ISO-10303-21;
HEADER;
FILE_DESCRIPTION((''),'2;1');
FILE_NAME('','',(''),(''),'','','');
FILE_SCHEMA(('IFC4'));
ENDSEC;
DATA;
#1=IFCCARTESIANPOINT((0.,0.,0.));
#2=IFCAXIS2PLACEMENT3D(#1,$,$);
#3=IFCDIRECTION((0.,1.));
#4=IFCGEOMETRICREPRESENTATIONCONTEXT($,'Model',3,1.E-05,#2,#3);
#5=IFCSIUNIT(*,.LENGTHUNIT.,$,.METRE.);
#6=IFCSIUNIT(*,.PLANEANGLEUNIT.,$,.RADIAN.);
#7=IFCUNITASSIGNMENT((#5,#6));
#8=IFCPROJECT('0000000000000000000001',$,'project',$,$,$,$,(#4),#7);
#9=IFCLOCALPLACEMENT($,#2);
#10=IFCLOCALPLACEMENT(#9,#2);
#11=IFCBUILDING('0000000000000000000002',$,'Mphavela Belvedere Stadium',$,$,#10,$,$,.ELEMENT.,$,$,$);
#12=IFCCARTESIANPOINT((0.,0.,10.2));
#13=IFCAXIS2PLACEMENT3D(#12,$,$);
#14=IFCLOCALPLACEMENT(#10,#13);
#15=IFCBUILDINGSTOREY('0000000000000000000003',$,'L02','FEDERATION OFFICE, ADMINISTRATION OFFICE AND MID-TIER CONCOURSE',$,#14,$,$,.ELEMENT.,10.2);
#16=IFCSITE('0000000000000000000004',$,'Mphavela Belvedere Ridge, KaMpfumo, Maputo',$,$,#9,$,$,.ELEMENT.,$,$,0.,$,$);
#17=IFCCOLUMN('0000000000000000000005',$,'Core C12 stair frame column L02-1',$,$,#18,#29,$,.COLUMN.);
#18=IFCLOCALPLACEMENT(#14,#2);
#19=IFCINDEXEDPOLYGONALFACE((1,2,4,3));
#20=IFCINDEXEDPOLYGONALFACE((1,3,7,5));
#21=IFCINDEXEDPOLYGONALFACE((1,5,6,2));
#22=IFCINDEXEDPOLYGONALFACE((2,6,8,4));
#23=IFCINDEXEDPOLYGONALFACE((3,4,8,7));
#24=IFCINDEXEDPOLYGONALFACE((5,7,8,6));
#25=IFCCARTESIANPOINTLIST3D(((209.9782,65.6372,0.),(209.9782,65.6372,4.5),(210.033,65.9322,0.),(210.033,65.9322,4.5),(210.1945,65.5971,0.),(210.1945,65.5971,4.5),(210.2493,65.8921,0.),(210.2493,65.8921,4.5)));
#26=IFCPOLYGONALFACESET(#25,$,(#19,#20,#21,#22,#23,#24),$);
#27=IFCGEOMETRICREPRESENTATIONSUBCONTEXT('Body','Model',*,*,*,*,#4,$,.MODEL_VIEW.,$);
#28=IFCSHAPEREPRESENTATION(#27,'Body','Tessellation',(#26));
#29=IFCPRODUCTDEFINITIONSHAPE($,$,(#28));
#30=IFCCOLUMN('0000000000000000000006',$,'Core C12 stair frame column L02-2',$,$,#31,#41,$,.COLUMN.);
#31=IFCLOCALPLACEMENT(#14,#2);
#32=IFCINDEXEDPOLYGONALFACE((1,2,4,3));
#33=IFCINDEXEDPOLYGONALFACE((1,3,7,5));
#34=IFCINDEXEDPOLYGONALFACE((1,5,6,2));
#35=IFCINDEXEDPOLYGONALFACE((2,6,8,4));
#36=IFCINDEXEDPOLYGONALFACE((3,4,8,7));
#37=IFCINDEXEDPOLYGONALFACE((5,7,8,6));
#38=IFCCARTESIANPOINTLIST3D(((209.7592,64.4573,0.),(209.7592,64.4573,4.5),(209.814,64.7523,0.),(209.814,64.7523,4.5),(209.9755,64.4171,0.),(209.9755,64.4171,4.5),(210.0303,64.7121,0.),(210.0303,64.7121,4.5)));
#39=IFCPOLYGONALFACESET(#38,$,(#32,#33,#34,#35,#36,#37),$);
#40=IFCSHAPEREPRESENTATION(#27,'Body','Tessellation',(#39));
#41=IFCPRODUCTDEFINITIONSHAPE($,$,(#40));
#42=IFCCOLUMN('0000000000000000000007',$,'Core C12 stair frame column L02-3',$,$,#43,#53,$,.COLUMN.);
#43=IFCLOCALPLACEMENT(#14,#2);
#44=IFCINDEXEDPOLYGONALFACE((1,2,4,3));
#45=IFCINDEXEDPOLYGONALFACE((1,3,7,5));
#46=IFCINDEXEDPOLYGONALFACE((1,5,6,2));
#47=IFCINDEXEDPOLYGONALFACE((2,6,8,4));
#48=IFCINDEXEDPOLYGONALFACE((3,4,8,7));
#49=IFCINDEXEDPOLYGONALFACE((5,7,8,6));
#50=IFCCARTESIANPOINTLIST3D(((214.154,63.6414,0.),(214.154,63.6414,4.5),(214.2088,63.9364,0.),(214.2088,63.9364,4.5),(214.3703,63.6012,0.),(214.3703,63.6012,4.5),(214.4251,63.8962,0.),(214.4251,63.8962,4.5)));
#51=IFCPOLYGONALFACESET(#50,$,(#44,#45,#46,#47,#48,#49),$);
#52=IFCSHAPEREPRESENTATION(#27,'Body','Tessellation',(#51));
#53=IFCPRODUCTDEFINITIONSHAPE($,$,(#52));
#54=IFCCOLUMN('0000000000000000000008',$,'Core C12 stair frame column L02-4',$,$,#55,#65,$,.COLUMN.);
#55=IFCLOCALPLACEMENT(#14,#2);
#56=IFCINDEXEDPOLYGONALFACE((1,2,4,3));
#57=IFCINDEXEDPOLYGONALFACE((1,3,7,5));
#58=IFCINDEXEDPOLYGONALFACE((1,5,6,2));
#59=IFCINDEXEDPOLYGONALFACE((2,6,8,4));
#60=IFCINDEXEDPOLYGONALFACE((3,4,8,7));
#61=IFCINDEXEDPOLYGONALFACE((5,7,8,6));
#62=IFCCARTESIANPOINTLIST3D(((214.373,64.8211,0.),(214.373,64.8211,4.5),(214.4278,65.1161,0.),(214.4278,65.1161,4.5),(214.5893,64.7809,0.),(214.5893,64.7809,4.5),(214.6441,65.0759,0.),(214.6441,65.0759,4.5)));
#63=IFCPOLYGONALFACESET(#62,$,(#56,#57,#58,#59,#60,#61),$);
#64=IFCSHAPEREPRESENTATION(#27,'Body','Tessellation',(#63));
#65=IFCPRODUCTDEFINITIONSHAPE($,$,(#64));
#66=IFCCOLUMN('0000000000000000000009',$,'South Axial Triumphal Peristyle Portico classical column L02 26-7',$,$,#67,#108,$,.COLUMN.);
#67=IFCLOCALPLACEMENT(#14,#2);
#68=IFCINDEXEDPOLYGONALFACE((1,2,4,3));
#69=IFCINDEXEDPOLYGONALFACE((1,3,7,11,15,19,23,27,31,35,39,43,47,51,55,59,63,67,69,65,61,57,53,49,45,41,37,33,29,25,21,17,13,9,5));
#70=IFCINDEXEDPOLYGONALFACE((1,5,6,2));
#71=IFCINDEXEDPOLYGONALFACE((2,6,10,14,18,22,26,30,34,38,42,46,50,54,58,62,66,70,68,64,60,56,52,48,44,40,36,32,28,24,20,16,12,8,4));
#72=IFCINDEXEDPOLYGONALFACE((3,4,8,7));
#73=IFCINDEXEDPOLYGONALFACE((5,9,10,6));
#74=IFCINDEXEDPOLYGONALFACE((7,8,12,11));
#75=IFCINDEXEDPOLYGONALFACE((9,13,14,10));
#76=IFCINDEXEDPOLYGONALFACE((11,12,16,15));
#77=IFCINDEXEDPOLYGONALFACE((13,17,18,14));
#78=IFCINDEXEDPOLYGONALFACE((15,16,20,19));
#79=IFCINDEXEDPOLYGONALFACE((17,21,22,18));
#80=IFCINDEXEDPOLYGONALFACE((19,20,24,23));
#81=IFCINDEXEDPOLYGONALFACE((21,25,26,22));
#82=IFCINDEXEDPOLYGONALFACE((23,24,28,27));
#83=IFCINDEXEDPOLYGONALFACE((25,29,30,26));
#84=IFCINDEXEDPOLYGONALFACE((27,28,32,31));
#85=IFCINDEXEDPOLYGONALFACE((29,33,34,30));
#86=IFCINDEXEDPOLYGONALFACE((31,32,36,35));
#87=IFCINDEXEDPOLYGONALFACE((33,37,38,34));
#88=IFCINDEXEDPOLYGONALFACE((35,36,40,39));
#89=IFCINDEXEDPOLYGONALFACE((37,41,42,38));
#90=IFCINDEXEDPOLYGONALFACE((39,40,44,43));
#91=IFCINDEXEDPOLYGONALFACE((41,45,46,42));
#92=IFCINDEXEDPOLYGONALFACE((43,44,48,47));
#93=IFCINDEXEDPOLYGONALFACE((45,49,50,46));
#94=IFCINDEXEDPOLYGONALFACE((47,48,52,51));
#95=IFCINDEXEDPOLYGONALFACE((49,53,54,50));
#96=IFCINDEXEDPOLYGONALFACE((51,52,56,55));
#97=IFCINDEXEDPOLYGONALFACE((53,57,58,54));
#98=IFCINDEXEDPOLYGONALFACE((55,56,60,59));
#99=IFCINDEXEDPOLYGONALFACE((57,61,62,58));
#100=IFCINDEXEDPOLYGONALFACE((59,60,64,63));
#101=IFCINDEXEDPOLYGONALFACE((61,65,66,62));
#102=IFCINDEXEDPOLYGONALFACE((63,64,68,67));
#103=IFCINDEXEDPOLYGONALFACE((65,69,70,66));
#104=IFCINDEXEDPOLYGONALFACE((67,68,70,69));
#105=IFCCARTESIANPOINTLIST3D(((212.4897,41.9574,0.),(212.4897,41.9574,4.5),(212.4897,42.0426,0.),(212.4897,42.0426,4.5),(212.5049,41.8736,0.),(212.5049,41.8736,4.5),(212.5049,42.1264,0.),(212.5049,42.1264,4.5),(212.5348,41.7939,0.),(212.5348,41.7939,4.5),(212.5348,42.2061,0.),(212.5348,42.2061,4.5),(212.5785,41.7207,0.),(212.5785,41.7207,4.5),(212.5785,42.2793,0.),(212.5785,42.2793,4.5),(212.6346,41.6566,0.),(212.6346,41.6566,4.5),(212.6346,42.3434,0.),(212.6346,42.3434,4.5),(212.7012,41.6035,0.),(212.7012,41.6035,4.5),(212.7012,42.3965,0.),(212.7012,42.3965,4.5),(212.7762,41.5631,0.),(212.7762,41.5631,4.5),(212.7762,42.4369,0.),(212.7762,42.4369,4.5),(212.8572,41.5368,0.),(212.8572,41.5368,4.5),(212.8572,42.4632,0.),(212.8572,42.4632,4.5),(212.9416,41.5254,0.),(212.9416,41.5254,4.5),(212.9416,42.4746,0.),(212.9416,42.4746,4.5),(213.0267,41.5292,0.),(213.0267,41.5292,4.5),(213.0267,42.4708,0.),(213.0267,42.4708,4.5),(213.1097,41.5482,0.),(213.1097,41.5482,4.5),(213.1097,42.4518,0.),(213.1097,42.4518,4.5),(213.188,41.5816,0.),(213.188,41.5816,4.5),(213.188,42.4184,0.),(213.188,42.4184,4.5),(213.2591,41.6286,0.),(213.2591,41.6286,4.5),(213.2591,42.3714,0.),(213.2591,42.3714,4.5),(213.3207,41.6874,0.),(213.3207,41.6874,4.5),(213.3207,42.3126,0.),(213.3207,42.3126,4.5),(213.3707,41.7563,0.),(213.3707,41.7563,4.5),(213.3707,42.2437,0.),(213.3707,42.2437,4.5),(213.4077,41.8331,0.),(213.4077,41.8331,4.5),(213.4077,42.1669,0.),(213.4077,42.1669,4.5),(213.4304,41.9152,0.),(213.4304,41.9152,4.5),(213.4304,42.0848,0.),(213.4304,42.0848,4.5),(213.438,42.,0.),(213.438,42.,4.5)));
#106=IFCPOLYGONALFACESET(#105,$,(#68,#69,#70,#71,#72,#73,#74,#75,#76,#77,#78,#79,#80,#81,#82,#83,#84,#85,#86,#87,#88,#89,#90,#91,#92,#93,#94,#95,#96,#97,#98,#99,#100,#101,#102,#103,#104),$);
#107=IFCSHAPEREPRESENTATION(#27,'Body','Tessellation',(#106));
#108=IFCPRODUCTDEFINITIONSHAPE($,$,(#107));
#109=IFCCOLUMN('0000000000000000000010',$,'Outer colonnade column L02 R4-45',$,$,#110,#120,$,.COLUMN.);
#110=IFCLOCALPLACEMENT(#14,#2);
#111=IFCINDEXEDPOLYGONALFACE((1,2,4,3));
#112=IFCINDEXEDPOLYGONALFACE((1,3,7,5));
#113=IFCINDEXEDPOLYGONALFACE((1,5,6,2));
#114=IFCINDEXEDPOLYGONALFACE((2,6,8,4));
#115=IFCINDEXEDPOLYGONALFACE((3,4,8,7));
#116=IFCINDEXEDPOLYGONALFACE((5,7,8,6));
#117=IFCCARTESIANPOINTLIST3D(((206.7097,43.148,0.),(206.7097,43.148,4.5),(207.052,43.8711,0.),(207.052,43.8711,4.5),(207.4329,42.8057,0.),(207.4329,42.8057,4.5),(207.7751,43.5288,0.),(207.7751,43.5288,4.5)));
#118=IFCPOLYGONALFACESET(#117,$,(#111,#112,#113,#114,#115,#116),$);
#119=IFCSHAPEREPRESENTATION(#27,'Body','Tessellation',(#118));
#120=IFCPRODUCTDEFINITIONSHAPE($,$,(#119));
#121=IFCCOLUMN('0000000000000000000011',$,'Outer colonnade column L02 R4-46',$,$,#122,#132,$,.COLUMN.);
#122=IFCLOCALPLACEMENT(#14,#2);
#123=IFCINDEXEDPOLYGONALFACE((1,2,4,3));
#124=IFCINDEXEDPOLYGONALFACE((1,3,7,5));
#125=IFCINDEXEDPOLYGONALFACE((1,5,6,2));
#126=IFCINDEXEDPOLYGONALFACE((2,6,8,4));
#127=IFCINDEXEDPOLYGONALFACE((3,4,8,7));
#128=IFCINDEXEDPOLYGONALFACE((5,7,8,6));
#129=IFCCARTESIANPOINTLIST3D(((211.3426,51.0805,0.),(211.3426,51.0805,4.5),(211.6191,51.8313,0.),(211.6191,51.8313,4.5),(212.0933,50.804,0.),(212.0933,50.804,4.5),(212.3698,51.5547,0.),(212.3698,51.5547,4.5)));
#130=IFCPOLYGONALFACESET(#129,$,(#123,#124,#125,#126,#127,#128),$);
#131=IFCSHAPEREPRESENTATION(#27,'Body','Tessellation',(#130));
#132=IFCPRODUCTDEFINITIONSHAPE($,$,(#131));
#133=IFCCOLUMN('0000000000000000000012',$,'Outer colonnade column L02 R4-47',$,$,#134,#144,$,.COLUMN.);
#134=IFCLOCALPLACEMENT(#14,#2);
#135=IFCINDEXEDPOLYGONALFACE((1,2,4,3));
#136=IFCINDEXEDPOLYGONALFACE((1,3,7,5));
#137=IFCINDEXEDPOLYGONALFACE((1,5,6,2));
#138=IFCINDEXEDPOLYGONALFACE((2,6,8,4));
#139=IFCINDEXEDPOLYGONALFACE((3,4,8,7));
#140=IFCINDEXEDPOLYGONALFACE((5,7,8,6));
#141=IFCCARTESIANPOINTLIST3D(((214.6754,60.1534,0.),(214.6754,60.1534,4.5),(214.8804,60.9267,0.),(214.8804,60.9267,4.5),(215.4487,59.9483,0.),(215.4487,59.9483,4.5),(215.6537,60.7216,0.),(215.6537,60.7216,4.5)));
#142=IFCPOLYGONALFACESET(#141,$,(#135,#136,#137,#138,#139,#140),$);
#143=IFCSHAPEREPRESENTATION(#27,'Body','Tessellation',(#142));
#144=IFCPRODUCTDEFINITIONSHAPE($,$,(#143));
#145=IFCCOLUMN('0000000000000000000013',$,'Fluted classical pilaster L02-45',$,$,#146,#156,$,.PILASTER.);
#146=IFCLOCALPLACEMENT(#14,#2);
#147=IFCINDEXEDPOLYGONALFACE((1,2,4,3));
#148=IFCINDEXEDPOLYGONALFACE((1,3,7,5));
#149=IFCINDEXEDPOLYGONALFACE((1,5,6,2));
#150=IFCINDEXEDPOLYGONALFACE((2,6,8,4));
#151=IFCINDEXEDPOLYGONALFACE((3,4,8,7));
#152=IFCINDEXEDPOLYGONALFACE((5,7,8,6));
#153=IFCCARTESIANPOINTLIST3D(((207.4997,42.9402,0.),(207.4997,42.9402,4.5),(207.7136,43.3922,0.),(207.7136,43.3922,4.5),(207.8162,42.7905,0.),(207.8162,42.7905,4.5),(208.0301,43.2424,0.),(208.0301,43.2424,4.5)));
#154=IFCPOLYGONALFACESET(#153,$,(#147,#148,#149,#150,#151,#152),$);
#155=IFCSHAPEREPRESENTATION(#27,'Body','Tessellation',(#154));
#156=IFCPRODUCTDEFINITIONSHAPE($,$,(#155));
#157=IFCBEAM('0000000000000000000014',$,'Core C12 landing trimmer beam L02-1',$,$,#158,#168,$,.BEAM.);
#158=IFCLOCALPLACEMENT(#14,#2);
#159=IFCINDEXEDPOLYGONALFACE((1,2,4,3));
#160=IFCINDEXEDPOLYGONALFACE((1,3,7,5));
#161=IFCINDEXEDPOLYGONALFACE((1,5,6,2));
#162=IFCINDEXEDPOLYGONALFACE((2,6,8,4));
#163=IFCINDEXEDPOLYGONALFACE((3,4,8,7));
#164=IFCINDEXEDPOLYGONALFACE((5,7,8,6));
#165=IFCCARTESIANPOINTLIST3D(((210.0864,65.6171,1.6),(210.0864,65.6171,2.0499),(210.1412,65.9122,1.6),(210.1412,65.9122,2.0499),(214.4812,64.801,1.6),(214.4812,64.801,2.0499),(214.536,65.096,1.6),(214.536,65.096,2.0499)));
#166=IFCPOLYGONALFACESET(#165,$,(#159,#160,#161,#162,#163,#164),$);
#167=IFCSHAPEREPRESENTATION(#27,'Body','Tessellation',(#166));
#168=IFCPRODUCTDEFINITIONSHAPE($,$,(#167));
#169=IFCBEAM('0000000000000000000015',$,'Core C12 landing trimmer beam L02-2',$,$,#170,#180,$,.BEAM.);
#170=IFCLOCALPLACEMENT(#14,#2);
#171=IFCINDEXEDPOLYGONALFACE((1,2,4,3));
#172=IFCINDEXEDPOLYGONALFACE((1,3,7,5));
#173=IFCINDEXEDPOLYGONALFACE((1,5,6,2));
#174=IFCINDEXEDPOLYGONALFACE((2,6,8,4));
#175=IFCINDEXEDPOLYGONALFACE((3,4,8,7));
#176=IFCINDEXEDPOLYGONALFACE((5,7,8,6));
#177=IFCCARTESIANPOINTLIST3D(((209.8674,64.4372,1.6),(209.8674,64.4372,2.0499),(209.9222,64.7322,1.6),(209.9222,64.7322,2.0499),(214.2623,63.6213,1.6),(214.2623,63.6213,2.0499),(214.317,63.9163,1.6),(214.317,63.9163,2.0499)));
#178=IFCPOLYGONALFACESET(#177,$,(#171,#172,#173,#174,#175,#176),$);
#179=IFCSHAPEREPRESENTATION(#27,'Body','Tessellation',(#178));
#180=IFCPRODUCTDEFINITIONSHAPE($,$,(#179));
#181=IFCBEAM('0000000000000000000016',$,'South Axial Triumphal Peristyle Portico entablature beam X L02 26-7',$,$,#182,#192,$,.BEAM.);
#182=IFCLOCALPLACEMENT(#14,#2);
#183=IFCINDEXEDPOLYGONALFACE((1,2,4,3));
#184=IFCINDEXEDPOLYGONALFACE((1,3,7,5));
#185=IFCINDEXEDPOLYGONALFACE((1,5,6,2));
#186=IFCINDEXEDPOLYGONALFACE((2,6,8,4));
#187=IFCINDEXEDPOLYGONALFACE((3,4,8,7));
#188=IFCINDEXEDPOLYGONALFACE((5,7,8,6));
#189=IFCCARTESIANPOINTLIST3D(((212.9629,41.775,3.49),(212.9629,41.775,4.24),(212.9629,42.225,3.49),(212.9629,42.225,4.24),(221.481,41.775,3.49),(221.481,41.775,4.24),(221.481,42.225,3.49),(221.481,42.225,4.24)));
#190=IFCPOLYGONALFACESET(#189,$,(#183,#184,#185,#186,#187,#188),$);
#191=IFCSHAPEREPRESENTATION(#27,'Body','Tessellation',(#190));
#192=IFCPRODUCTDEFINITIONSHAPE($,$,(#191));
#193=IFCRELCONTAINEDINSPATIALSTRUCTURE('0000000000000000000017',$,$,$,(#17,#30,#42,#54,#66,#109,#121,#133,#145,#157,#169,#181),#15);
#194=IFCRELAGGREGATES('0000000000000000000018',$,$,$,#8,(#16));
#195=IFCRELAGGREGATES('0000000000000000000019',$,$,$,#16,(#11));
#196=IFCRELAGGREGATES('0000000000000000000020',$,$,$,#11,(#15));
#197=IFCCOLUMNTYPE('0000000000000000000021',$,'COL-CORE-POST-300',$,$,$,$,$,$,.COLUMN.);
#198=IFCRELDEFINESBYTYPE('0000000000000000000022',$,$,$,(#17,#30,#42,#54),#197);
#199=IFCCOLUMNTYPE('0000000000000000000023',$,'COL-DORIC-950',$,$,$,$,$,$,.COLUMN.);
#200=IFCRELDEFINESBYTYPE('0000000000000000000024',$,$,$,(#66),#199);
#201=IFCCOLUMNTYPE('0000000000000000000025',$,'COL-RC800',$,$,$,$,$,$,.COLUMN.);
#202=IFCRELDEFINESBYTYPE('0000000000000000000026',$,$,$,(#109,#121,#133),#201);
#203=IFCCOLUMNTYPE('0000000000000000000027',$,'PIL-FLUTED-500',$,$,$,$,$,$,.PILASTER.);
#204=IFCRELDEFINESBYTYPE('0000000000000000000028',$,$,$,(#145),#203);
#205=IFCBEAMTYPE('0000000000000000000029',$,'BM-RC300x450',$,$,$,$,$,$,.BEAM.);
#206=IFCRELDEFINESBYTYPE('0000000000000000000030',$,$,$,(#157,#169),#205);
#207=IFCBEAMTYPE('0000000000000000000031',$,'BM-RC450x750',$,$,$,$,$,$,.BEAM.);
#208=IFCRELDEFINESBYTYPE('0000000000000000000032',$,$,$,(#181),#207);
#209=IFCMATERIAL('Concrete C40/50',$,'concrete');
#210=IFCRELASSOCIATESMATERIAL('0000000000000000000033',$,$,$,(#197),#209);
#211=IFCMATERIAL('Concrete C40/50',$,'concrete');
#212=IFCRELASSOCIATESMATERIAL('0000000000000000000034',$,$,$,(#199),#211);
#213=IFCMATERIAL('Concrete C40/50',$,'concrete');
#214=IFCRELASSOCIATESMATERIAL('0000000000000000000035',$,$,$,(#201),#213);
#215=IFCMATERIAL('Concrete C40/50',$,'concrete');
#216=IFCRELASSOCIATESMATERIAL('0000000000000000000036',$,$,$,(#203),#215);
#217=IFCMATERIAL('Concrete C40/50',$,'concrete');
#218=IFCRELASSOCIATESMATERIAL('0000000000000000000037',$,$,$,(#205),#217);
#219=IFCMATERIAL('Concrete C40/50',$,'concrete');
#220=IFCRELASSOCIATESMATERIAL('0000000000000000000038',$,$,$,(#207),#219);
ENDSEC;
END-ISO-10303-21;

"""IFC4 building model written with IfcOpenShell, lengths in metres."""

from ifc_helpers import new_model, si_unit, direction, frame, origin, origin_2d, place, context, subcontext, project, spatial, rectangle, circle, extrude, material, material_profile, profile_set, type_object, element, save


model = new_model("IFC4")

# Units and contexts
model_context = context("Model", 3, precision=1e-05, world=origin(), true_north=direction((0.0, 1.0)))
body_context = subcontext(model_context, "Body", "Model", "MODEL_VIEW")
ifc_project = project(units=[si_unit("LENGTHUNIT", "METRE"), si_unit("PLANEANGLEUNIT", "RADIAN")], contexts=[model_context])

# Site, building, storey
site_placement = place(None, origin())
site = spatial("IfcSite", under=ifc_project, at=site_placement, Name="Mphavela Belvedere Ridge, KaMpfumo, Maputo", CompositionType="ELEMENT", RefElevation=0.0)
building_placement = place(site_placement, origin())
building = spatial("IfcBuilding", under=site, at=building_placement, Name="Mphavela Belvedere Stadium", CompositionType="ELEMENT")
storey_placement = place(building_placement, frame((0.0, 0.0, 10.2)))
storey = spatial("IfcBuildingStorey", under=building, at=storey_placement, Name="L02", Description="FEDERATION OFFICE, ADMINISTRATION OFFICE AND MID-TIER CONCOURSE", CompositionType="ELEMENT", Elevation=10.2)

# Columns
ifc_material_1 = material(Name="Concrete C40/50", Category="concrete")
ifc_material_profile_1 = material_profile(ifc_material_1, rectangle(XDim=0.3, YDim=0.22, at=origin_2d()), Name="RC 300x220")
ifc_profile_set_1 = profile_set([ifc_material_profile_1], Name="Concrete C40/50")
column_type_1 = type_object("IfcColumnType", Name="COL-CORE-POST-300", PredefinedType="COLUMN", material=ifc_profile_set_1)
for number, where, z_axis, x_axis, name in (
    (1, (210.1138, 65.7646, 0.0), (0.0, 0.0, 1.0), (-0.182579, -0.983191, 0.0), "Core C12 stair frame column L02-1"),
    (2, (209.8948, 64.5847, 0.0), (0.0, 0.0, 1.0), (-0.182579, -0.983191, 0.0), "Core C12 stair frame column L02-2"),
    (3, (214.2896, 63.7688, 0.0), (0.0, 0.0, 1.0), (-0.182579, -0.983191, 0.0), "Core C12 stair frame column L02-3"),
    (4, (214.5085, 64.9485, 0.0), (0.0, 0.0, 1.0), (-0.182579, -0.983191, 0.0), "Core C12 stair frame column L02-4"),
):
    element("IfcColumn", number, at=place(storey_placement, frame(where, z_axis=z_axis, x_axis=x_axis)), inside=storey, type_object=column_type_1, Name=name, PredefinedType="COLUMN", context=body_context, shape_type="SweptSolid", body=[
        extrude(rectangle(XDim=0.3, YDim=0.22, at=origin_2d()), origin(), (0.0, 0.0, 1.0), 4.5),
    ])
ifc_material_2 = material(Name="Concrete C40/50", Category="concrete")
ifc_material_profile_2 = material_profile(ifc_material_2, circle(Radius=0.4751, at=origin_2d()), Name="COL D950")
ifc_profile_set_2 = profile_set([ifc_material_profile_2], Name="Concrete C40/50")
column_type_2 = type_object("IfcColumnType", Name="COL-DORIC-950", PredefinedType="COLUMN", material=ifc_profile_set_2)
column_1_placement = place(storey_placement, frame((212.9629, 42.0, 0.0), z_axis=(0.0, 0.0, 1.0), x_axis=(1.0, 0.0, 0.0)))
element("IfcColumn", 5, at=column_1_placement, inside=storey, type_object=column_type_2, Name="South Axial Triumphal Peristyle Portico classical column L02 26-7", PredefinedType="COLUMN", context=body_context, shape_type="SweptSolid", body=[
    extrude(circle(Radius=0.4751, at=origin_2d()), origin(), (0.0, 0.0, 1.0), 4.5),
])
ifc_material_3 = material(Name="Concrete C40/50", Category="concrete")
ifc_material_profile_3 = material_profile(ifc_material_3, rectangle(XDim=0.8, YDim=0.8, at=origin_2d()), Name="RC 800x800")
ifc_profile_set_3 = profile_set([ifc_material_profile_3], Name="Concrete C40/50")
column_type_3 = type_object("IfcColumnType", Name="COL-RC800", PredefinedType="COLUMN", material=ifc_profile_set_3)
for number, where, z_axis, x_axis, name in (
    (6, (207.2424, 43.3384, 0.0), (0.0, 0.0, 1.0), (0.903859, -0.427831, 0.0), "Outer colonnade column L02 R4-45"),
    (7, (211.8562, 51.3176, 0.0), (0.0, 0.0, 1.0), (0.938372, -0.345626, 0.0), "Outer colonnade column L02 R4-46"),
    (8, (215.1646, 60.4375, 0.0), (0.0, 0.0, 1.0), (0.9666, -0.256289, 0.0), "Outer colonnade column L02 R4-47"),
):
    element("IfcColumn", number, at=place(storey_placement, frame(where, z_axis=z_axis, x_axis=x_axis)), inside=storey, type_object=column_type_3, Name=name, PredefinedType="COLUMN", context=body_context, shape_type="SweptSolid", body=[
        extrude(rectangle(XDim=0.8, YDim=0.8, at=origin_2d()), origin(), (0.0, 0.0, 1.0), 4.5),
    ])
ifc_material_4 = material(Name="Concrete C40/50", Category="concrete")
ifc_material_profile_4 = material_profile(ifc_material_4, rectangle(XDim=0.5, YDim=0.3501, at=origin_2d()), Name="PIL 500x350")
ifc_profile_set_4 = profile_set([ifc_material_profile_4], Name="Concrete C40/50")
column_type_4 = type_object("IfcColumnType", Name="PIL-FLUTED-500", PredefinedType="PILASTER", material=ifc_profile_set_4)
column_2_placement = place(storey_placement, frame((207.7649, 43.0913, 0.0), z_axis=(0.0, 0.0, 1.0), x_axis=(0.427831, 0.903859, 0.0)))
element("IfcColumn", 9, at=column_2_placement, inside=storey, type_object=column_type_4, Name="Fluted classical pilaster L02-45", PredefinedType="PILASTER", context=body_context, shape_type="SweptSolid", body=[
    extrude(rectangle(XDim=0.5, YDim=0.3501, at=origin_2d()), origin(), (0.0, 0.0, 1.0), 4.5),
])

# Beams
ifc_material_5 = material(Name="Concrete C40/50", Category="concrete")
ifc_material_profile_5 = material_profile(ifc_material_5, rectangle(XDim=0.3, YDim=0.45, at=origin_2d()), Name="RC 300x450")
ifc_profile_set_5 = profile_set([ifc_material_profile_5], Name="Concrete C40/50")
beam_type_1 = type_object("IfcBeamType", Name="BM-RC300x450", PredefinedType="BEAM", material=ifc_profile_set_5)
for number, where, z_axis, x_axis, name in (
    (10, (210.1138, 65.7646, 1.825), (0.983189, -0.18259, 0.0), (0.18259, 0.983189, 0.0), "Core C12 landing trimmer beam L02-1"),
    (11, (209.8948, 64.5847, 1.825), (0.983199, -0.182537, 0.0), (0.182537, 0.983199, 0.0), "Core C12 landing trimmer beam L02-2"),
):
    element("IfcBeam", number, at=place(storey_placement, frame(where, z_axis=z_axis, x_axis=x_axis)), inside=storey, type_object=beam_type_1, Name=name, PredefinedType="BEAM", context=body_context, shape_type="SweptSolid", body=[
        extrude(rectangle(XDim=0.3, YDim=0.45, at=origin_2d()), origin(), (0.0, 0.0, 1.0), 4.47),
    ])
ifc_material_6 = material(Name="Concrete C40/50", Category="concrete")
ifc_material_profile_6 = material_profile(ifc_material_6, rectangle(XDim=0.45, YDim=0.75, at=origin_2d()), Name="RC 450x750")
ifc_profile_set_6 = profile_set([ifc_material_profile_6], Name="Concrete C40/50")
beam_type_2 = type_object("IfcBeamType", Name="BM-RC450x750", PredefinedType="BEAM", material=ifc_profile_set_6)
beam_1_placement = place(storey_placement, frame((212.9629, 42.0, 3.865), z_axis=(1.0, 0.0, 0.0), x_axis=(0.0, 1.0, 0.0)))
element("IfcBeam", 12, at=beam_1_placement, inside=storey, type_object=beam_type_2, Name="South Axial Triumphal Peristyle Portico entablature beam X L02 26-7", PredefinedType="BEAM", context=body_context, shape_type="SweptSolid", body=[
    extrude(rectangle(XDim=0.45, YDim=0.75, at=origin_2d()), origin(), (0.0, 0.0, 1.0), 8.5181),
])

save(model, "model.ifc")
